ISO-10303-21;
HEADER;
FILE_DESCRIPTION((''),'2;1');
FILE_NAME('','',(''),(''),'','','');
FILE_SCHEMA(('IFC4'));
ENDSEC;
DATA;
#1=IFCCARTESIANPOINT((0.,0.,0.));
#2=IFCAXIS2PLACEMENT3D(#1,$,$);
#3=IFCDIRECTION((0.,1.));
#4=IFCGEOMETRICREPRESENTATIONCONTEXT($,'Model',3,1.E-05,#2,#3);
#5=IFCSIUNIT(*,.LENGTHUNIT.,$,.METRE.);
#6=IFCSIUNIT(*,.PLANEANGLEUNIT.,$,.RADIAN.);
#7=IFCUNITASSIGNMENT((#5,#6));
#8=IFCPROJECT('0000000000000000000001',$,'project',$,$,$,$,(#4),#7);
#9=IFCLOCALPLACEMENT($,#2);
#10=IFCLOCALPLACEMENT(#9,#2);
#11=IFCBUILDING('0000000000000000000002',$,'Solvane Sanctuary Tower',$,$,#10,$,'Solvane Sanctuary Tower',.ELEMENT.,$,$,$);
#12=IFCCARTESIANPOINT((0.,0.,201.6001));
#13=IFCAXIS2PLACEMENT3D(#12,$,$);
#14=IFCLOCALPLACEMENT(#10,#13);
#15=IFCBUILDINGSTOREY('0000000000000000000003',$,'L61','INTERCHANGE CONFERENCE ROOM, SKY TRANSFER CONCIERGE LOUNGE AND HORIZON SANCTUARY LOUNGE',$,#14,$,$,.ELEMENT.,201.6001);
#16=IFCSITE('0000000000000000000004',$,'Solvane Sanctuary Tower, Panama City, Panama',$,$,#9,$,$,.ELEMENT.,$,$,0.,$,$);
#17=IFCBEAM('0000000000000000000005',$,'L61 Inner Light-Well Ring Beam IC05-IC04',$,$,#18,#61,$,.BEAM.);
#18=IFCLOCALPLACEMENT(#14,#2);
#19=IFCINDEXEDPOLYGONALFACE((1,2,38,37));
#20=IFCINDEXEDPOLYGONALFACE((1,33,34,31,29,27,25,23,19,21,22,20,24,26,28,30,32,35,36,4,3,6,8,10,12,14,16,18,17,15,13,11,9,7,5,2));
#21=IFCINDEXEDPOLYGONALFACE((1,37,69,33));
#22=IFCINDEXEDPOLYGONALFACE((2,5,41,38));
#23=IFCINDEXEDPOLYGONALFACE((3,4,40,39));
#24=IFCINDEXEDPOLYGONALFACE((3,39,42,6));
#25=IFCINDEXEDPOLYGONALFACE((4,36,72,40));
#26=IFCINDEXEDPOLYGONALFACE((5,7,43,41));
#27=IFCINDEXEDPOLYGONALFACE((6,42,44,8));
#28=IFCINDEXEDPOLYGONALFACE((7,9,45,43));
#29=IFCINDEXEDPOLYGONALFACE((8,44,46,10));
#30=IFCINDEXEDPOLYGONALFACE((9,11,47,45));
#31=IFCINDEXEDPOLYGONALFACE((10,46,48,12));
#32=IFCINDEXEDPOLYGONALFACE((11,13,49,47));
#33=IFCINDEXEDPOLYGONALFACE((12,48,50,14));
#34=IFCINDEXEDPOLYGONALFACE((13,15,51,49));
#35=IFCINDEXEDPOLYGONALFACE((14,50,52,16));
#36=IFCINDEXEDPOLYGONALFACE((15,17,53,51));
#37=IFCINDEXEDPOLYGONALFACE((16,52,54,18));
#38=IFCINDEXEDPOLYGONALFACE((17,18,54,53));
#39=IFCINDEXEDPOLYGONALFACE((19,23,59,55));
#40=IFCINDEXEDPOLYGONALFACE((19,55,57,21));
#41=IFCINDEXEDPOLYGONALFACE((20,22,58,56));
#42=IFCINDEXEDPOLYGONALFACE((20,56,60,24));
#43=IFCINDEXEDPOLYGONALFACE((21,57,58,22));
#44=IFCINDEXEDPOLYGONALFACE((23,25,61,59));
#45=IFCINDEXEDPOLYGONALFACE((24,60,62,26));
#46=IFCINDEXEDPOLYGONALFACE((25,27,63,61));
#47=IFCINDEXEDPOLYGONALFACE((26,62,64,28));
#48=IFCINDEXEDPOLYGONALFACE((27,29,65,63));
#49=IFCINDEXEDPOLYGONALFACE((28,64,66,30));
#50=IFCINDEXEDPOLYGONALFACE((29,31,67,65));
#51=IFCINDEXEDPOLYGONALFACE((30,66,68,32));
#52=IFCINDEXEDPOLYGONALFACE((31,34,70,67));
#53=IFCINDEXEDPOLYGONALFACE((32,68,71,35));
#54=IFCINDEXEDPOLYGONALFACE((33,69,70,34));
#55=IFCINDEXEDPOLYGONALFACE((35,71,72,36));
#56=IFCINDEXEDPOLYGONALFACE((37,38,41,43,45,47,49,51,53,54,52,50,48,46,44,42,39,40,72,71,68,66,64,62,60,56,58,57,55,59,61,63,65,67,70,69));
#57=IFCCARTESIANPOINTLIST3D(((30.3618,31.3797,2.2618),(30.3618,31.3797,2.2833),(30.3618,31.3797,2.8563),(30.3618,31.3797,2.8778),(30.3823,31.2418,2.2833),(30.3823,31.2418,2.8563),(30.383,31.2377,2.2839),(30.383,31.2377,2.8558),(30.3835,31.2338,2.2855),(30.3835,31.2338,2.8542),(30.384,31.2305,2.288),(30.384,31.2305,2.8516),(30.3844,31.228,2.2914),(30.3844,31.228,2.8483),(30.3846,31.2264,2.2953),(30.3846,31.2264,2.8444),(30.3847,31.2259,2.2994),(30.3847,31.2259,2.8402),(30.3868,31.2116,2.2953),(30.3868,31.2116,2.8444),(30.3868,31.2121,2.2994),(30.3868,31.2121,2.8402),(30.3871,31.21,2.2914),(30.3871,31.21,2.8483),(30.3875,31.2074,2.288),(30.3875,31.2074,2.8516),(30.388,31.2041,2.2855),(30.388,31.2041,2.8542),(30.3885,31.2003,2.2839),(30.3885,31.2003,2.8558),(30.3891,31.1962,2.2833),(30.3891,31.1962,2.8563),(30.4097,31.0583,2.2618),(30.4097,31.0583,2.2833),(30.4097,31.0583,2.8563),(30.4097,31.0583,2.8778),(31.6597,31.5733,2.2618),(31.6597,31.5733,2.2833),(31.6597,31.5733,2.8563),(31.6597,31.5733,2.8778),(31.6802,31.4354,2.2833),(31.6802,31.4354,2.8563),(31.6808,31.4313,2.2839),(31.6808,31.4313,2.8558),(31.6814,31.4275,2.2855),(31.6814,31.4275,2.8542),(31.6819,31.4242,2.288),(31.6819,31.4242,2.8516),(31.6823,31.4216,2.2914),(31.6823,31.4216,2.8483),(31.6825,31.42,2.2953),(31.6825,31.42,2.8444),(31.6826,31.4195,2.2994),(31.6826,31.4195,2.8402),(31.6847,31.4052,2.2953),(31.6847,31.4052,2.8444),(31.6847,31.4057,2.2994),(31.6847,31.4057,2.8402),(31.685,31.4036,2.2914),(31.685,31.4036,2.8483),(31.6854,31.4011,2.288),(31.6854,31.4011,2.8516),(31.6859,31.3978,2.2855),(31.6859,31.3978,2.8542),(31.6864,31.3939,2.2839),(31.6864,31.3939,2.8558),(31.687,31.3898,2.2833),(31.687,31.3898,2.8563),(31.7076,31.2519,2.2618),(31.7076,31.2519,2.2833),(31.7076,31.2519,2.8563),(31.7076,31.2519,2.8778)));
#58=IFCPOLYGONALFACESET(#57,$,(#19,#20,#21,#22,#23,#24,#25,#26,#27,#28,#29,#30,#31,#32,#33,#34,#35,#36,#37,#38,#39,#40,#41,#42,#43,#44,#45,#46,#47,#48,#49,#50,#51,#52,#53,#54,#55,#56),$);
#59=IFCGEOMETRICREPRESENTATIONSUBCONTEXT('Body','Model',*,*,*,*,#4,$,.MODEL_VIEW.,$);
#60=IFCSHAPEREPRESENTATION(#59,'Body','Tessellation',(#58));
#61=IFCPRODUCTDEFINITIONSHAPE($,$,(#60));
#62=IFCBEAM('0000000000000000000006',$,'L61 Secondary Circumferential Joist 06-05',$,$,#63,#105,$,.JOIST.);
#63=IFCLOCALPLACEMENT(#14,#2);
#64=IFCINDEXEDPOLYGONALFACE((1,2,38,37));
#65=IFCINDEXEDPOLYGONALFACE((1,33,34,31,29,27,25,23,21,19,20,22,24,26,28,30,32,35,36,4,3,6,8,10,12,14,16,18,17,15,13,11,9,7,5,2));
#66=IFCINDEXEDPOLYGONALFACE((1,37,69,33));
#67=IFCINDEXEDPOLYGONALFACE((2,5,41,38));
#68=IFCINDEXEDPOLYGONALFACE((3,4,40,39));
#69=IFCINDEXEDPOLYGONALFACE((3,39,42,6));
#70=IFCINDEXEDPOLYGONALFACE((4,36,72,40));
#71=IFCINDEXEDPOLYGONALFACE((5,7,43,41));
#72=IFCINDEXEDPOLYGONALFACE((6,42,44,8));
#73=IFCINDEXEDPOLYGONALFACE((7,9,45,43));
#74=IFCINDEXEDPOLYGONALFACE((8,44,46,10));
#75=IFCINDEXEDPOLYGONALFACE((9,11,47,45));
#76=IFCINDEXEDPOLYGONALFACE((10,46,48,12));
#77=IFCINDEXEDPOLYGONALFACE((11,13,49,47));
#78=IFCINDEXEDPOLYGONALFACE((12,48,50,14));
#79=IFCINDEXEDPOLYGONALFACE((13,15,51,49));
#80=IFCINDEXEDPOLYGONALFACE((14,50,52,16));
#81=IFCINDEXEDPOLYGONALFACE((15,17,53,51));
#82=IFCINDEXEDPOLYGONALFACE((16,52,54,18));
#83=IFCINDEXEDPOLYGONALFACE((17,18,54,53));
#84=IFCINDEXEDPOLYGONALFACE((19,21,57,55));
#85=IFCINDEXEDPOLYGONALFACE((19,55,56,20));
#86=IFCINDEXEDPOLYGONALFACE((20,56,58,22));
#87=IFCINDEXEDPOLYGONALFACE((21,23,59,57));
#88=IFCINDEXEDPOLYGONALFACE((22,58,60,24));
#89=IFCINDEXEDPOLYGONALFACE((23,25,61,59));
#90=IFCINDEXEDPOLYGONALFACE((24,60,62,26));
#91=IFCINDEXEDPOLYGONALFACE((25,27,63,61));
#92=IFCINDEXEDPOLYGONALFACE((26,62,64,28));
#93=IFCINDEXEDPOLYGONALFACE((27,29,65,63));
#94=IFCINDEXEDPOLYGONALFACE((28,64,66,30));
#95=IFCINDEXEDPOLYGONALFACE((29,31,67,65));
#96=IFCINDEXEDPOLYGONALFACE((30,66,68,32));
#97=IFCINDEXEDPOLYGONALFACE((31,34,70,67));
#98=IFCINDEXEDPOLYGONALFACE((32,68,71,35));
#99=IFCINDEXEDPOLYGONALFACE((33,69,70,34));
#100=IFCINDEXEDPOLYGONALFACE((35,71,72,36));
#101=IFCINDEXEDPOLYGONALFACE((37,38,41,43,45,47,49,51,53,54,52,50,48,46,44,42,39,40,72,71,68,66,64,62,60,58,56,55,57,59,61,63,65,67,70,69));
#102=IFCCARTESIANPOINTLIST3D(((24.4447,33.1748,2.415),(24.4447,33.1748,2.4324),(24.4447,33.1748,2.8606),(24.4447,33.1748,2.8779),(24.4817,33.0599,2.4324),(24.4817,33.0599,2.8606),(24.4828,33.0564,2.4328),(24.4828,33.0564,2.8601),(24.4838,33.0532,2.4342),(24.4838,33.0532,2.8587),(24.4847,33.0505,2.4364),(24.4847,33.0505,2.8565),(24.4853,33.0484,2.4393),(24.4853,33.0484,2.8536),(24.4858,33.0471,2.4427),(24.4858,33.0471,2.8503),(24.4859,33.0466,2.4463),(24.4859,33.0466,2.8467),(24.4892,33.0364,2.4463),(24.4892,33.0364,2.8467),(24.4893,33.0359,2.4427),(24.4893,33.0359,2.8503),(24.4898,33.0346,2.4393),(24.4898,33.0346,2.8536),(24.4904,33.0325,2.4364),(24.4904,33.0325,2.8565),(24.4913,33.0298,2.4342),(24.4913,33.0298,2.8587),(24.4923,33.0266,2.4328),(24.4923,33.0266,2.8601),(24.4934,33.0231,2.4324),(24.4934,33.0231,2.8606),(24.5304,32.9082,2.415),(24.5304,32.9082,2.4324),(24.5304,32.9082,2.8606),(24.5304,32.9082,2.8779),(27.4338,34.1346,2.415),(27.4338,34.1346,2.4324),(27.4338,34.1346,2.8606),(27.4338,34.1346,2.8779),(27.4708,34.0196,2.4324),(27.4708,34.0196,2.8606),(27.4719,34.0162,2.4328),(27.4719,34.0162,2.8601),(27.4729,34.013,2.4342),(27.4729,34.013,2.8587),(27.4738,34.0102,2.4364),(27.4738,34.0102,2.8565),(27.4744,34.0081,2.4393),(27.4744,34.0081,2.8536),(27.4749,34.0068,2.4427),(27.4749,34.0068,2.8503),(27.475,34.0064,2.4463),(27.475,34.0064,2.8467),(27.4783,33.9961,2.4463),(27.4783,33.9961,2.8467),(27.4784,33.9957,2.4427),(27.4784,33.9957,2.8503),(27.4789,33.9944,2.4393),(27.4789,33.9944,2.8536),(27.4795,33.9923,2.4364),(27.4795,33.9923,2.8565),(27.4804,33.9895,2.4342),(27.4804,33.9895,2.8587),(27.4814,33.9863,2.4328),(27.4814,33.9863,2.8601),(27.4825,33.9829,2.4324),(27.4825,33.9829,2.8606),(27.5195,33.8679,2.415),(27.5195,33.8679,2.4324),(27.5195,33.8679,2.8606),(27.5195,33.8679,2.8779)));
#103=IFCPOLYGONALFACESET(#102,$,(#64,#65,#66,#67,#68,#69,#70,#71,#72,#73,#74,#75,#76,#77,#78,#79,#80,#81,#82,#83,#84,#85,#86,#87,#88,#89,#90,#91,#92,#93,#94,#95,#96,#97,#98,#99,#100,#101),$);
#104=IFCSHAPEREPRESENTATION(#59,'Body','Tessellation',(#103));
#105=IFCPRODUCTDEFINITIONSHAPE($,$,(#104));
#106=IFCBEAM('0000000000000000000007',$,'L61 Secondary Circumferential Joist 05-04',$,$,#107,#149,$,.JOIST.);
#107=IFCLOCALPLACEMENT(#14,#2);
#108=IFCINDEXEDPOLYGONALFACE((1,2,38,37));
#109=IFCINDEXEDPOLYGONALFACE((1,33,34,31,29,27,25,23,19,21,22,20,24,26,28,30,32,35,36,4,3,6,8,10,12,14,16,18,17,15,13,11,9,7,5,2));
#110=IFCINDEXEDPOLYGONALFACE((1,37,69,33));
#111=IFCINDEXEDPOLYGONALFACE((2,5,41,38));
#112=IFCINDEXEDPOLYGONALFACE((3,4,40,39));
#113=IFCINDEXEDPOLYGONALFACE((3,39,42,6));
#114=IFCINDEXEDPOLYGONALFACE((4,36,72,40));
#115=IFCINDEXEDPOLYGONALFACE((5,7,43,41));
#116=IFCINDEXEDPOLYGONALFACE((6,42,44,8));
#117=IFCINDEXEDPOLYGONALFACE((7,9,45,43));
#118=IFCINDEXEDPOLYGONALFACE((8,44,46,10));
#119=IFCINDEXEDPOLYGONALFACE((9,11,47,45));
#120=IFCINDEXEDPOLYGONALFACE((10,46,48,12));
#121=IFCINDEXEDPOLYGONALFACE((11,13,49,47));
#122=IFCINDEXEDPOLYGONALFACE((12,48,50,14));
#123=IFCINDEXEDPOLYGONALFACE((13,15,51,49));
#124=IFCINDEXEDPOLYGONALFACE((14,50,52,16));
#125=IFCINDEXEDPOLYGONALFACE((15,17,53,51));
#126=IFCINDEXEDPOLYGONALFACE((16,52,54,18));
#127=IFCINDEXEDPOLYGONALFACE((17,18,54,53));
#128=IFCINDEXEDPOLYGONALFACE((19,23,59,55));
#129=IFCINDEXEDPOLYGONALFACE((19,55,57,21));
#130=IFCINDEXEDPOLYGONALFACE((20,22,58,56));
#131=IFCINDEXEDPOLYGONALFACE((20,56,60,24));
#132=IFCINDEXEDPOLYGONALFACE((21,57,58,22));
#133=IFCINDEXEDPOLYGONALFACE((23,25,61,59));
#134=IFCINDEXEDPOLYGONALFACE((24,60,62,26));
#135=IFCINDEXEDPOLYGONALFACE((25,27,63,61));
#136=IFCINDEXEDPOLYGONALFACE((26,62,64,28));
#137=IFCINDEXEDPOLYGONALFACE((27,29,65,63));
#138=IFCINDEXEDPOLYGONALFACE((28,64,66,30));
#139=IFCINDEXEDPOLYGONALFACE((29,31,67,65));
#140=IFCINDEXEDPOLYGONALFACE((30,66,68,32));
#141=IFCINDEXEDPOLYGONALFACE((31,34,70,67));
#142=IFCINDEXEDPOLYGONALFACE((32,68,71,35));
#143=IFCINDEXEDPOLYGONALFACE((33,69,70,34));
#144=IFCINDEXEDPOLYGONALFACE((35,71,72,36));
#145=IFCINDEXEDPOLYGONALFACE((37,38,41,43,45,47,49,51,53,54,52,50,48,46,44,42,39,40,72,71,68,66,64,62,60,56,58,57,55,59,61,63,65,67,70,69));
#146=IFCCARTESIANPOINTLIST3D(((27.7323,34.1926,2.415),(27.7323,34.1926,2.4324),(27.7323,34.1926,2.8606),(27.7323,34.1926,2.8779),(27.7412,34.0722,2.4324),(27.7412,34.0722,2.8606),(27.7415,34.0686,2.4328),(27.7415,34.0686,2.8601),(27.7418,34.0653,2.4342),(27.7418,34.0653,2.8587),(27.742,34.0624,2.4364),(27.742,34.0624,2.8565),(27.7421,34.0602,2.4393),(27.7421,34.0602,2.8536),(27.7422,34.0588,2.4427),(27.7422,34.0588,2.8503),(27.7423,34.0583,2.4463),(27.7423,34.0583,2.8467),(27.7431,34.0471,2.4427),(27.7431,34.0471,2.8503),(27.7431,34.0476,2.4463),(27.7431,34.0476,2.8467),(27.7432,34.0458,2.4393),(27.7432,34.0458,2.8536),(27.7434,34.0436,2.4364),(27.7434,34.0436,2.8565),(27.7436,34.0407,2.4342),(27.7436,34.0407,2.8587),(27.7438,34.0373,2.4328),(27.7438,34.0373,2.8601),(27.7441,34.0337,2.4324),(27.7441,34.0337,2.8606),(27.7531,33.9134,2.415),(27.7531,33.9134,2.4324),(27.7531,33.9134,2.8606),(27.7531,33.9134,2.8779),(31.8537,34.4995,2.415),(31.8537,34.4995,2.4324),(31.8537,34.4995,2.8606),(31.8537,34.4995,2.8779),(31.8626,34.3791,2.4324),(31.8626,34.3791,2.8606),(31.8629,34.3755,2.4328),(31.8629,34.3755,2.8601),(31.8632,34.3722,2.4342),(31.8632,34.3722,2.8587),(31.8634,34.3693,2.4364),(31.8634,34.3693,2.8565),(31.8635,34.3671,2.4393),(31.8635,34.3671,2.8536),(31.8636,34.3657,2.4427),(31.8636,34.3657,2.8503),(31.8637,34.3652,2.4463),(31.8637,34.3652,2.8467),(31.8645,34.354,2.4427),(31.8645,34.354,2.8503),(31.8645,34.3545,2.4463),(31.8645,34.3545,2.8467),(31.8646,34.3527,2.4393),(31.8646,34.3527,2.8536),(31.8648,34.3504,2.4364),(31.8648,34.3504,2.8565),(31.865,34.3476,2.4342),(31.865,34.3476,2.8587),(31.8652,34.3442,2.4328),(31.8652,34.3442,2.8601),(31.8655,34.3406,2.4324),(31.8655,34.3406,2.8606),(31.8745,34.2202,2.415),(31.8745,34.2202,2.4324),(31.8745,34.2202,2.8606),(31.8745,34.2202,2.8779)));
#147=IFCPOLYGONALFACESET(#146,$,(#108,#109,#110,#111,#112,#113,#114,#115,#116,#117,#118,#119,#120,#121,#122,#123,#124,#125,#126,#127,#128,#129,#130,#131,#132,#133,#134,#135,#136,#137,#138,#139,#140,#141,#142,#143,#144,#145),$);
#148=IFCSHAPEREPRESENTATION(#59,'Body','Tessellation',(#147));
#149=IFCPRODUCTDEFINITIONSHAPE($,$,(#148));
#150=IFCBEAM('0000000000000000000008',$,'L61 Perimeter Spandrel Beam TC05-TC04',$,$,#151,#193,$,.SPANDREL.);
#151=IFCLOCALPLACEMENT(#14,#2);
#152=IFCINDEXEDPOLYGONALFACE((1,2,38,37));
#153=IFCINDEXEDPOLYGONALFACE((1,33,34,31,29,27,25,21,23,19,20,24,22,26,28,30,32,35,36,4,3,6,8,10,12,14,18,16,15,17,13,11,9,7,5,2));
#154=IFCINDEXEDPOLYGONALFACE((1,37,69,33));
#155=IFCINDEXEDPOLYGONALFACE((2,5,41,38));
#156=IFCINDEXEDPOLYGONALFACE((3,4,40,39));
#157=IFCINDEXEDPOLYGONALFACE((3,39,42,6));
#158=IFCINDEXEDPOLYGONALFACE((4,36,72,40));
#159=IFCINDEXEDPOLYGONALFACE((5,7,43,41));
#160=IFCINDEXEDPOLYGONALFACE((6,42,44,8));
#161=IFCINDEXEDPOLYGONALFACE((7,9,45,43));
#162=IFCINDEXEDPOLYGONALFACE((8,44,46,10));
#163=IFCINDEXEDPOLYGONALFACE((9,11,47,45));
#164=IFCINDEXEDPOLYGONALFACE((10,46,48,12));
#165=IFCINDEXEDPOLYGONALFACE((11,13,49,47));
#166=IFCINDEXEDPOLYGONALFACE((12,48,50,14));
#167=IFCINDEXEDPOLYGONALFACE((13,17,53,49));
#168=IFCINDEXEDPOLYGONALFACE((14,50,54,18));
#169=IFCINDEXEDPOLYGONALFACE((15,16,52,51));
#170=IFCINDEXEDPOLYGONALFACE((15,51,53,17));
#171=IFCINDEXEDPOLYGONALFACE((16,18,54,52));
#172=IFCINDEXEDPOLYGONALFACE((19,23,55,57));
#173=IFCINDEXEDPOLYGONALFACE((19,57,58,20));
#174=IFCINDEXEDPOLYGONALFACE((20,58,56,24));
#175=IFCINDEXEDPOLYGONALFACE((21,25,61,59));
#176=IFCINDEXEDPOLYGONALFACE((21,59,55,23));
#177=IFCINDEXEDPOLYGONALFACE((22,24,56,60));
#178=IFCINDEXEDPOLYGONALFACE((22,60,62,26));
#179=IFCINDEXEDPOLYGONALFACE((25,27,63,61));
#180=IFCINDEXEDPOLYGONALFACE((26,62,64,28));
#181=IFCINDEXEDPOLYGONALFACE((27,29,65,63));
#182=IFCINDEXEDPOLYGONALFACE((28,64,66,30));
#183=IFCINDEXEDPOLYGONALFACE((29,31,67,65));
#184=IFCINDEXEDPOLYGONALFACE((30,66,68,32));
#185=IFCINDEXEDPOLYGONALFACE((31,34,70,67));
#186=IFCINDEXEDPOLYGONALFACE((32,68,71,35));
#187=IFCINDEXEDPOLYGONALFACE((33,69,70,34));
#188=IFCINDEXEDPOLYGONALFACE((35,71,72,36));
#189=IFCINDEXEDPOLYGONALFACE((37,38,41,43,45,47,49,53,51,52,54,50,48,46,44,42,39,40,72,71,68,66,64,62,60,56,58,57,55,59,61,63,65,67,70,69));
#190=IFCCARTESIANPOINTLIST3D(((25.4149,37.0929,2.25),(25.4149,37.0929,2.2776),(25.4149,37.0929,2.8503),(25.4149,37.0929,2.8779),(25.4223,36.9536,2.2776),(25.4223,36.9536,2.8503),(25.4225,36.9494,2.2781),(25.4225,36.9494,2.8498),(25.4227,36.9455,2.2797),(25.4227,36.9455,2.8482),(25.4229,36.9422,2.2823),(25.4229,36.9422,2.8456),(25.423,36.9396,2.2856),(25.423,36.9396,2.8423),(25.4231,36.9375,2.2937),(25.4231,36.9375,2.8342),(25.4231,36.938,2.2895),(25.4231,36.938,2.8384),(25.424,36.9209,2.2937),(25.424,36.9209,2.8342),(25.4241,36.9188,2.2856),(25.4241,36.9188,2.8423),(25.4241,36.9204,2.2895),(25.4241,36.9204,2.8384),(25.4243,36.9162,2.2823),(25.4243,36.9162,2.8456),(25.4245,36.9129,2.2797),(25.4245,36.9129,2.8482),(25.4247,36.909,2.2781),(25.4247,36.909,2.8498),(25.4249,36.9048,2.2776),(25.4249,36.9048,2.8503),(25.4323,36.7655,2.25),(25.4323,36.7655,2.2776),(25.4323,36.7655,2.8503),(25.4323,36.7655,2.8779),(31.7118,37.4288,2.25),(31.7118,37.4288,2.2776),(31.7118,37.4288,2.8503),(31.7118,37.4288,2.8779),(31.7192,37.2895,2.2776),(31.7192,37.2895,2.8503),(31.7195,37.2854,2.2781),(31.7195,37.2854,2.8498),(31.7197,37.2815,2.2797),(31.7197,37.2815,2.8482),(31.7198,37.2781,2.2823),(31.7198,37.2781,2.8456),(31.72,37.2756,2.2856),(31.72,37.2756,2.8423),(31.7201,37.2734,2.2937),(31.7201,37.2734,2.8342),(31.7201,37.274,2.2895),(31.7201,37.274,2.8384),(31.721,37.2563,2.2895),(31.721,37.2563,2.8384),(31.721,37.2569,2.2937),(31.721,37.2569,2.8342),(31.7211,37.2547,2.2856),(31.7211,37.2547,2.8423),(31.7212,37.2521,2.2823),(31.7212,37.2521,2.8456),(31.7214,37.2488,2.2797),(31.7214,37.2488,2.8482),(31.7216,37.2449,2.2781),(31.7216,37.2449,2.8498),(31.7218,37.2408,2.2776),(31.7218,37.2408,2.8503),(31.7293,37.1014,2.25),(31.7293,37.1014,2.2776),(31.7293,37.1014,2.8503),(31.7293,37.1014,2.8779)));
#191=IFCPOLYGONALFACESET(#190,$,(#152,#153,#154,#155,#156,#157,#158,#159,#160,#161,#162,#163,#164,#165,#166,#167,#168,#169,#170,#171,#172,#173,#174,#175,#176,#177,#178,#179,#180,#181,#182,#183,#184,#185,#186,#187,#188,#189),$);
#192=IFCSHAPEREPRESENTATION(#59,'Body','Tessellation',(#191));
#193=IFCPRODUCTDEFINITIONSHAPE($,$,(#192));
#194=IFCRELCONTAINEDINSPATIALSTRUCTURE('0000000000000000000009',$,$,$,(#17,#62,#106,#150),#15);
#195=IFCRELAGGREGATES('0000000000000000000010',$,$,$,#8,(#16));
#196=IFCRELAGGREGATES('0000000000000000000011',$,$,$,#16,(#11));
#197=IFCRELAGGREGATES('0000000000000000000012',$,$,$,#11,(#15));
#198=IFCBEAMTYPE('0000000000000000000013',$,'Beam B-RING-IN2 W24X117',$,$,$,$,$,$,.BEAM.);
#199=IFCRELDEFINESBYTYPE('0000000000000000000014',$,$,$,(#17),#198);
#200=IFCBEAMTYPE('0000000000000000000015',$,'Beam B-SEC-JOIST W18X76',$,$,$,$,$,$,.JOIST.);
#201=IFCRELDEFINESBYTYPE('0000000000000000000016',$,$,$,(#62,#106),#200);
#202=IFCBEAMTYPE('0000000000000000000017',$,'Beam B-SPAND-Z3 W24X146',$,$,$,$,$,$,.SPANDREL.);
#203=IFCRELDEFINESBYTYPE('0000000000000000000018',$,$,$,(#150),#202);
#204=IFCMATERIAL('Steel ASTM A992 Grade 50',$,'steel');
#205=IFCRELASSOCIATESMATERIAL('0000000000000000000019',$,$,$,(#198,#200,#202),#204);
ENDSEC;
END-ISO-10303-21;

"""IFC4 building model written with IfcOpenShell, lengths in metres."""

from ifc_helpers import new_model, si_unit, direction, frame, origin, origin_2d, place, context, subcontext, project, spatial, i_section, extrude, material, material_profile, profile_set, type_object, element, save


model = new_model("IFC4")

# Units and contexts
model_context = context("Model", 3, precision=1e-05, world=origin(), true_north=direction((0.0, 1.0)))
body_context = subcontext(model_context, "Body", "Model", "MODEL_VIEW")
ifc_project = project(units=[si_unit("LENGTHUNIT", "METRE"), si_unit("PLANEANGLEUNIT", "RADIAN")], contexts=[model_context])

# Site, building, storey
site_placement = place(None, origin())
site = spatial("IfcSite", under=ifc_project, at=site_placement, Name="Solvane Sanctuary Tower, Panama City, Panama", CompositionType="ELEMENT", RefElevation=0.0)
building_placement = place(site_placement, origin())
building = spatial("IfcBuilding", under=site, at=building_placement, Name="Solvane Sanctuary Tower", LongName="Solvane Sanctuary Tower", CompositionType="ELEMENT")
storey_placement = place(building_placement, frame((0.0, 0.0, 201.6001)))
storey = spatial("IfcBuildingStorey", under=building, at=storey_placement, Name="L61", Description="INTERCHANGE CONFERENCE ROOM, SKY TRANSFER CONCIERGE LOUNGE AND HORIZON SANCTUARY LOUNGE", CompositionType="ELEMENT", Elevation=201.6001)

# Beams
ifc_material_1 = material(Name="Steel ASTM A992 Grade 50", Category="steel")
ifc_material_profile_1 = material_profile(ifc_material_1, i_section(OverallWidth=0.325, OverallDepth=0.616, WebThickness=0.0139, FlangeThickness=0.0215, FilletRadius=0.0161, at=origin_2d()), Name="W24X117")
ifc_profile_set_1 = profile_set([ifc_material_profile_1], Name="Steel ASTM A992 Grade 50")
beam_type_1 = type_object("IfcBeamType", Name="Beam B-RING-IN2 W24X117", PredefinedType="BEAM", material=ifc_profile_set_1)
beam_1_placement = place(storey_placement, frame((30.3857, 31.219, 2.5698), z_axis=(0.989056, 0.14754, 0.0), x_axis=(-0.14754, 0.989056, 0.0)))
element("IfcBeam", 1, at=beam_1_placement, inside=storey, type_object=beam_type_1, Name="L61 Inner Light-Well Ring Beam IC05-IC04", PredefinedType="BEAM", context=body_context, shape_type="SweptSolid", body=[
    extrude(i_section(OverallWidth=0.325, OverallDepth=0.616, WebThickness=0.0139, FlangeThickness=0.0215, FilletRadius=0.0161, at=origin_2d()), origin(), (0.0, 0.0, 1.0), 1.3123),
])
ifc_material_profile_2 = material_profile(ifc_material_1, i_section(OverallWidth=0.28, OverallDepth=0.4629, WebThickness=0.0107, FlangeThickness=0.0173, FilletRadius=0.0139, at=origin_2d()), Name="W18X76")
ifc_profile_set_2 = profile_set([ifc_material_profile_2], Name="Steel ASTM A992 Grade 50")
beam_type_2 = type_object("IfcBeamType", Name="Beam B-SEC-JOIST W18X76", PredefinedType="JOIST", material=ifc_profile_set_2)
beam_2_placement = place(storey_placement, frame((24.4875, 33.0415, 2.6465), z_axis=(0.952125, 0.30571, 0.0), x_axis=(-0.30571, 0.952125, 0.0)))
element("IfcBeam", 2, at=beam_2_placement, inside=storey, type_object=beam_type_2, Name="L61 Secondary Circumferential Joist 06-05", PredefinedType="JOIST", context=body_context, shape_type="SweptSolid", body=[
    extrude(i_section(OverallWidth=0.28, OverallDepth=0.4629, WebThickness=0.0107, FlangeThickness=0.0173, FilletRadius=0.0139, at=origin_2d()), origin(), (0.0, 0.0, 1.0), 3.1394),
])
beam_3_placement = place(storey_placement, frame((27.7427, 34.053, 2.6465), z_axis=(0.997239, 0.074257, 0.0), x_axis=(-0.074257, 0.997239, 0.0)))
element("IfcBeam", 3, at=beam_3_placement, inside=storey, type_object=beam_type_2, Name="L61 Secondary Circumferential Joist 05-04", PredefinedType="JOIST", context=body_context, shape_type="SweptSolid", body=[
    extrude(i_section(OverallWidth=0.28, OverallDepth=0.4629, WebThickness=0.0107, FlangeThickness=0.0173, FilletRadius=0.0139, at=origin_2d()), origin(), (0.0, 0.0, 1.0), 4.1328),
])
ifc_material_profile_3 = material_profile(ifc_material_1, i_section(OverallWidth=0.3279, OverallDepth=0.6279, WebThickness=0.0166, FlangeThickness=0.0276, FilletRadius=0.0161, at=origin_2d()), Name="W24X146")
ifc_profile_set_3 = profile_set([ifc_material_profile_3], Name="Steel ASTM A992 Grade 50")
beam_type_3 = type_object("IfcBeamType", Name="Beam B-SPAND-Z3 W24X146", PredefinedType="SPANDREL", material=ifc_profile_set_3)
beam_4_placement = place(storey_placement, frame((25.4236, 36.9292, 2.564), z_axis=(0.99858, 0.053274, 0.0), x_axis=(-0.053274, 0.99858, 0.0)))
element("IfcBeam", 4, at=beam_4_placement, inside=storey, type_object=beam_type_3, Name="L61 Perimeter Spandrel Beam TC05-TC04", PredefinedType="SPANDREL", context=body_context, shape_type="SweptSolid", body=[
    extrude(i_section(OverallWidth=0.3279, OverallDepth=0.6279, WebThickness=0.0166, FlangeThickness=0.0276, FilletRadius=0.0161, at=origin_2d()), origin(), (0.0, 0.0, 1.0), 6.3059),
])

save(model, "model.ifc")
